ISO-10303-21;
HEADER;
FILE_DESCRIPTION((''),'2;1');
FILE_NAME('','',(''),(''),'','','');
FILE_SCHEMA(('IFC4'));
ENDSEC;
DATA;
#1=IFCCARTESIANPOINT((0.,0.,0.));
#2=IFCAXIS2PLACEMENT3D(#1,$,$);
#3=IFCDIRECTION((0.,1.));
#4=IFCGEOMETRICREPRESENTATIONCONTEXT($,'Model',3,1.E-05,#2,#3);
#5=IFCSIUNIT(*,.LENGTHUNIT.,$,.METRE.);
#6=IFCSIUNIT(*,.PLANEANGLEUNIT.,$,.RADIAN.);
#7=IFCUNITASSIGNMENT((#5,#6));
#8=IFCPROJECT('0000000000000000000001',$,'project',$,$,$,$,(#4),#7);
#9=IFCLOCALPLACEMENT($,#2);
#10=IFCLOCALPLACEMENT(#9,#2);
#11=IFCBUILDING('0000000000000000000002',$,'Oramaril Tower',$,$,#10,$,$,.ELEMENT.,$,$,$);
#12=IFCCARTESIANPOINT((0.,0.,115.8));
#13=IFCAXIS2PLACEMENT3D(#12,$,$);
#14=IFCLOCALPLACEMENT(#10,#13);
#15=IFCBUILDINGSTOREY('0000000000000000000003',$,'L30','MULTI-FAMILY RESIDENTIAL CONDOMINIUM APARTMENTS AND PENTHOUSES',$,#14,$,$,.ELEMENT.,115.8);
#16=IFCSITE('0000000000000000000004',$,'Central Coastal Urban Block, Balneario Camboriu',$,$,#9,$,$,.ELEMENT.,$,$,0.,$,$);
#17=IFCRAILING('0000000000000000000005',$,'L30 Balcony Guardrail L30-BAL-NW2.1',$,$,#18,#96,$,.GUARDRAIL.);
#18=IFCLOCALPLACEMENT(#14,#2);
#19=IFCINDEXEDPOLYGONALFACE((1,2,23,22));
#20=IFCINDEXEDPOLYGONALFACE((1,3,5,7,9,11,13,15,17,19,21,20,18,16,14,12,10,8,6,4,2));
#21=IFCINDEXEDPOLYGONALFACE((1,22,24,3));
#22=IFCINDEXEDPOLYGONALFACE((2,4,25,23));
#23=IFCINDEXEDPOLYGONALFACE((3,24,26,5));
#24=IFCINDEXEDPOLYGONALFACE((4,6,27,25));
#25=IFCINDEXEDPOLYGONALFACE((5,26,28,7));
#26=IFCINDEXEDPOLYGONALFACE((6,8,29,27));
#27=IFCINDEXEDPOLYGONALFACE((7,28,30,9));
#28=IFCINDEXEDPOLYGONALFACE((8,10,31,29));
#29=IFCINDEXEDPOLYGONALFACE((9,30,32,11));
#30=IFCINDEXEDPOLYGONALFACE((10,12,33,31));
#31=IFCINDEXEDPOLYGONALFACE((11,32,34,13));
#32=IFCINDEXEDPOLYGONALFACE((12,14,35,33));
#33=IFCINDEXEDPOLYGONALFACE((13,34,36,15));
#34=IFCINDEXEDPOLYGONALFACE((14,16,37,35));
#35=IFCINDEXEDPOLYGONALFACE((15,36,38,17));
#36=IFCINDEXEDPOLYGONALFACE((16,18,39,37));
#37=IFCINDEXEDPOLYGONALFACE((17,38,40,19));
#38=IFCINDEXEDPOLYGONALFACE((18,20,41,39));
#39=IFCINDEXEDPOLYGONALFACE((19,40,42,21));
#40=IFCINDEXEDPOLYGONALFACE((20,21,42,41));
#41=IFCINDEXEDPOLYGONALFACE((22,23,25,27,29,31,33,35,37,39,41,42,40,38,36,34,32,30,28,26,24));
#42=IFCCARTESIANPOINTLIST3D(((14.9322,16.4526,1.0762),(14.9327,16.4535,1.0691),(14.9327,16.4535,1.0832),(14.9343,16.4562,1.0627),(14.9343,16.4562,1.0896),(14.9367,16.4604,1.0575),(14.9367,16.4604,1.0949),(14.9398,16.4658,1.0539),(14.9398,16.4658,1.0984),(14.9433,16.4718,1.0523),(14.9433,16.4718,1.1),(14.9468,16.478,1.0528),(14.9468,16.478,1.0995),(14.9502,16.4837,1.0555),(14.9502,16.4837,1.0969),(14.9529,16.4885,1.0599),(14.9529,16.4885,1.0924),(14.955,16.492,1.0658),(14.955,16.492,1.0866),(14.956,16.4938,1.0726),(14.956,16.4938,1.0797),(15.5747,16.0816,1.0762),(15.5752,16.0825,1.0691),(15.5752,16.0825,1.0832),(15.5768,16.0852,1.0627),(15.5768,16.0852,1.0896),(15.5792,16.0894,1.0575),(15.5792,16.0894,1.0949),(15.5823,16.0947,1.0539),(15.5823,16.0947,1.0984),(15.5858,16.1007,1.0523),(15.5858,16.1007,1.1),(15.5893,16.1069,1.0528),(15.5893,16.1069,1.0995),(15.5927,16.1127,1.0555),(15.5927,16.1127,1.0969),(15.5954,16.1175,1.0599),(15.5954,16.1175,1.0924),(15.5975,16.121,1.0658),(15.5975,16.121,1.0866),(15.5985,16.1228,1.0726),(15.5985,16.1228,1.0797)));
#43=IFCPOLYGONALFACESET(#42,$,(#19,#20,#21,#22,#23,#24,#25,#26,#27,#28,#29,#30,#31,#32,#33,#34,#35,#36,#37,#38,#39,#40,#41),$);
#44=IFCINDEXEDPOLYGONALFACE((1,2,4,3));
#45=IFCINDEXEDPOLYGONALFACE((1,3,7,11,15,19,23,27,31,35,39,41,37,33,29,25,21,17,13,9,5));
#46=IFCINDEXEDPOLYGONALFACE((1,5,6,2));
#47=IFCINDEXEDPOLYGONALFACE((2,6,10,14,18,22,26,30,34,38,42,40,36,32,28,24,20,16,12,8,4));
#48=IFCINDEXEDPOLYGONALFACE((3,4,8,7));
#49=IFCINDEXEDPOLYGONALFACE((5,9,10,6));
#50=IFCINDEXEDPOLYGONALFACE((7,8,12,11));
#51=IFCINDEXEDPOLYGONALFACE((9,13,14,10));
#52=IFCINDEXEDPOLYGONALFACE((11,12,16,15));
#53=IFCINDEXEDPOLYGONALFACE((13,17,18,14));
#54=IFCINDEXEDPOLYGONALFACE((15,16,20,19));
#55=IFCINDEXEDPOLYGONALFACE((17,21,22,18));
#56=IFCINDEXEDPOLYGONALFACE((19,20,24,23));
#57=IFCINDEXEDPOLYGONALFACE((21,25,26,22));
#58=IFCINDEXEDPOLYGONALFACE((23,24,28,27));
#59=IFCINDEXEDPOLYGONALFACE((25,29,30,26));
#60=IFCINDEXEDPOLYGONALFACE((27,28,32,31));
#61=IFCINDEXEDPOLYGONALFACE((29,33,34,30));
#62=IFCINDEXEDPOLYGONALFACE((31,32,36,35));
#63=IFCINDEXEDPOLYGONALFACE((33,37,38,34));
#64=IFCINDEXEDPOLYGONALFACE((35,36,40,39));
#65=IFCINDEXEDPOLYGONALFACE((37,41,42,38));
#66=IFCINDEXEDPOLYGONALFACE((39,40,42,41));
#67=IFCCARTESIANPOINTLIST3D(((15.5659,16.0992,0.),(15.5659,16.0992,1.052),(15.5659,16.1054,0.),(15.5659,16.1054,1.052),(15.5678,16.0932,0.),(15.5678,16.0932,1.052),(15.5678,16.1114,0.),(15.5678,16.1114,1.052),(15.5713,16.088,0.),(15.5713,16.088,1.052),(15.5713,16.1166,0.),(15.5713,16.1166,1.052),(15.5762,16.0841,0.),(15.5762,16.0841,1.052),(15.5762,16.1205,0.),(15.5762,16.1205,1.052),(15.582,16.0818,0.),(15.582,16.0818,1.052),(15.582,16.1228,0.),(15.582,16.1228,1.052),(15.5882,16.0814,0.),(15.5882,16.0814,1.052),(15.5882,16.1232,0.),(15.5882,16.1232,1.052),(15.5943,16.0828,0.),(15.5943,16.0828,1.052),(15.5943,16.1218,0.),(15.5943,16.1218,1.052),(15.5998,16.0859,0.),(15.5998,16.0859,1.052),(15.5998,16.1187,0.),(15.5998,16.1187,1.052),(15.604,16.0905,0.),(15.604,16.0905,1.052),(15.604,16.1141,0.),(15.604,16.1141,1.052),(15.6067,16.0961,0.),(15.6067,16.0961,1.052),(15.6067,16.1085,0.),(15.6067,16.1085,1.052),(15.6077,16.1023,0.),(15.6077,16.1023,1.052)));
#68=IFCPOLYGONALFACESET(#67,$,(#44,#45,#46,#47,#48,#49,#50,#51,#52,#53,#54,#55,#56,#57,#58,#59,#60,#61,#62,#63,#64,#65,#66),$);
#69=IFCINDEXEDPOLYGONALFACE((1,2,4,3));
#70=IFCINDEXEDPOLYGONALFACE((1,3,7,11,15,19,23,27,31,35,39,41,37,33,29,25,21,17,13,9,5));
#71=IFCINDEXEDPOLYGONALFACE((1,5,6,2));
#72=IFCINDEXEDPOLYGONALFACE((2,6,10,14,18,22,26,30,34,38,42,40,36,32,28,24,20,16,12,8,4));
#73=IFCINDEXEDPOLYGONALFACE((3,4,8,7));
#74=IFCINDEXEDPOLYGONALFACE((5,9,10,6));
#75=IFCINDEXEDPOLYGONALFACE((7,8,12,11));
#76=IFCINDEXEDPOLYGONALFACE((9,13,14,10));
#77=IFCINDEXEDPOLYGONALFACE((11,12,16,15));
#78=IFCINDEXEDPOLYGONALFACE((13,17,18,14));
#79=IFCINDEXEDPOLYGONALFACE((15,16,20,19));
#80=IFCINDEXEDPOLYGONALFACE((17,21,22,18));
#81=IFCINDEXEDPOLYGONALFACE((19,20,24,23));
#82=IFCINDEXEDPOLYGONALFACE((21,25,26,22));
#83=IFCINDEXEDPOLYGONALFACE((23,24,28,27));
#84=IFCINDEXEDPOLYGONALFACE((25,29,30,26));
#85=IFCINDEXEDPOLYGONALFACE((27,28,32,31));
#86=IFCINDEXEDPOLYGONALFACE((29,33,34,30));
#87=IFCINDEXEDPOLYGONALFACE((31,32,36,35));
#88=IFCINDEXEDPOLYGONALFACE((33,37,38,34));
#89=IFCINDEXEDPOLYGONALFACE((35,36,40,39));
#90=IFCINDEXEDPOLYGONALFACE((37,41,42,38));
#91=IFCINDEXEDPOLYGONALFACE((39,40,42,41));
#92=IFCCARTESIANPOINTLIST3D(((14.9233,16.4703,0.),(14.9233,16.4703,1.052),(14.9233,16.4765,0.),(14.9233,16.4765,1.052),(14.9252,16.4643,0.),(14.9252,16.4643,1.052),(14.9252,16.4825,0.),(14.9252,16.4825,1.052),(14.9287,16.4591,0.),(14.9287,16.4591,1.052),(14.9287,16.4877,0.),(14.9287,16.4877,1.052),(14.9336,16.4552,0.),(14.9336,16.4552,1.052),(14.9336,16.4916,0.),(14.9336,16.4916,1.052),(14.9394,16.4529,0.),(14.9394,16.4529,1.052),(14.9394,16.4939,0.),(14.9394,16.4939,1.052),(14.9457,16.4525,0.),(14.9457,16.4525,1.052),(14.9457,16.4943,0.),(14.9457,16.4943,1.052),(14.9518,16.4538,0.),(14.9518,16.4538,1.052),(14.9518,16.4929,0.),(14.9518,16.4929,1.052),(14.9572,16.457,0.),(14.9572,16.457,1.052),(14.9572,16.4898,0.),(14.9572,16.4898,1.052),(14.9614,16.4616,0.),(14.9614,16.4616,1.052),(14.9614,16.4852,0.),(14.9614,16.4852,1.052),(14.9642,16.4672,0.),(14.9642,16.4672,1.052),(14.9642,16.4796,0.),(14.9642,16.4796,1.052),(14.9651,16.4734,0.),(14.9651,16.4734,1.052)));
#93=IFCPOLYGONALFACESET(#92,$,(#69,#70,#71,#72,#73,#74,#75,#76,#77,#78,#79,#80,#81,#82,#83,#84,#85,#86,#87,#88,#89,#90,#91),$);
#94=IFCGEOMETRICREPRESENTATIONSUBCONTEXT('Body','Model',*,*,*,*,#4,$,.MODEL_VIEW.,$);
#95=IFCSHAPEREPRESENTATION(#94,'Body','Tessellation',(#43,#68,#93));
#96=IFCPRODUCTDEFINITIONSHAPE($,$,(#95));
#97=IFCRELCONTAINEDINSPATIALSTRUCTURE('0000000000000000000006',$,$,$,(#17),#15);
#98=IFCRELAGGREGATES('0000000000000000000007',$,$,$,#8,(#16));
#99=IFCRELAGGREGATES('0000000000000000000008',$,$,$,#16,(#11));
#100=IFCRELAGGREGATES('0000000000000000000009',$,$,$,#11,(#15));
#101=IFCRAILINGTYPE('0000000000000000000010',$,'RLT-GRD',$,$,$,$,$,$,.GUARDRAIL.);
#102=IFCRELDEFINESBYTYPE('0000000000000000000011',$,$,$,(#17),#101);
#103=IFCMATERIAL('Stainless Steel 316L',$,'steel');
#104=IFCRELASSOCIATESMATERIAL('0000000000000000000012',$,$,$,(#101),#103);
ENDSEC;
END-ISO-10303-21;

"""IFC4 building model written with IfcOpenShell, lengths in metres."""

from ifc_helpers import new_model, si_unit, direction, frame, origin, origin_2d, place, context, subcontext, project, spatial, circle, extrude, material, type_object, element, save


model = new_model("IFC4")

# Units and contexts
model_context = context("Model", 3, precision=1e-05, world=origin(), true_north=direction((0.0, 1.0)))
body_context = subcontext(model_context, "Body", "Model", "MODEL_VIEW")
ifc_project = project(units=[si_unit("LENGTHUNIT", "METRE"), si_unit("PLANEANGLEUNIT", "RADIAN")], contexts=[model_context])

# Site, building, storey
site_placement = place(None, origin())
site = spatial("IfcSite", under=ifc_project, at=site_placement, Name="Central Coastal Urban Block, Balneario Camboriu", CompositionType="ELEMENT", RefElevation=0.0)
building_placement = place(site_placement, origin())
building = spatial("IfcBuilding", under=site, at=building_placement, Name="Oramaril Tower", CompositionType="ELEMENT")
storey_placement = place(building_placement, frame((0.0, 0.0, 115.8)))
storey = spatial("IfcBuildingStorey", under=building, at=storey_placement, Name="L30", Description="MULTI-FAMILY RESIDENTIAL CONDOMINIUM APARTMENTS AND PENTHOUSES", CompositionType="ELEMENT", Elevation=115.8)

# Railing
ifc_material_1 = material(Name="Stainless Steel 316L", Category="steel")
railing_type = type_object("IfcRailingType", Name="RLT-GRD", PredefinedType="GUARDRAIL", material=ifc_material_1)
railing_1_placement = place(storey_placement, frame((15.5867, 16.1023, 0.0)))
element("IfcRailing", 1, at=railing_1_placement, inside=storey, type_object=railing_type, Name="L30 Balcony Guardrail L30-BAL-NW2.1", PredefinedType="GUARDRAIL", context=body_context, shape_type="SweptSolid", body=[
    extrude(circle(Radius=0.0239, at=origin_2d()), frame((0.0, 0.0, 1.0762), z_axis=(-0.865966, 0.500102, 0.0), x_axis=(-0.500102, -0.865966, 0.0)), (0.0, 0.0, 1.0), 0.7419),
    extrude(circle(Radius=0.021, at=origin_2d()), origin(), (0.0, 0.0, 1.0), 1.052),
    extrude(circle(Radius=0.021, at=origin_2d()), frame((-0.6426, 0.3711, 0.0)), (0.0, 0.0, 1.0), 1.052),
])

save(model, "model.ifc")
